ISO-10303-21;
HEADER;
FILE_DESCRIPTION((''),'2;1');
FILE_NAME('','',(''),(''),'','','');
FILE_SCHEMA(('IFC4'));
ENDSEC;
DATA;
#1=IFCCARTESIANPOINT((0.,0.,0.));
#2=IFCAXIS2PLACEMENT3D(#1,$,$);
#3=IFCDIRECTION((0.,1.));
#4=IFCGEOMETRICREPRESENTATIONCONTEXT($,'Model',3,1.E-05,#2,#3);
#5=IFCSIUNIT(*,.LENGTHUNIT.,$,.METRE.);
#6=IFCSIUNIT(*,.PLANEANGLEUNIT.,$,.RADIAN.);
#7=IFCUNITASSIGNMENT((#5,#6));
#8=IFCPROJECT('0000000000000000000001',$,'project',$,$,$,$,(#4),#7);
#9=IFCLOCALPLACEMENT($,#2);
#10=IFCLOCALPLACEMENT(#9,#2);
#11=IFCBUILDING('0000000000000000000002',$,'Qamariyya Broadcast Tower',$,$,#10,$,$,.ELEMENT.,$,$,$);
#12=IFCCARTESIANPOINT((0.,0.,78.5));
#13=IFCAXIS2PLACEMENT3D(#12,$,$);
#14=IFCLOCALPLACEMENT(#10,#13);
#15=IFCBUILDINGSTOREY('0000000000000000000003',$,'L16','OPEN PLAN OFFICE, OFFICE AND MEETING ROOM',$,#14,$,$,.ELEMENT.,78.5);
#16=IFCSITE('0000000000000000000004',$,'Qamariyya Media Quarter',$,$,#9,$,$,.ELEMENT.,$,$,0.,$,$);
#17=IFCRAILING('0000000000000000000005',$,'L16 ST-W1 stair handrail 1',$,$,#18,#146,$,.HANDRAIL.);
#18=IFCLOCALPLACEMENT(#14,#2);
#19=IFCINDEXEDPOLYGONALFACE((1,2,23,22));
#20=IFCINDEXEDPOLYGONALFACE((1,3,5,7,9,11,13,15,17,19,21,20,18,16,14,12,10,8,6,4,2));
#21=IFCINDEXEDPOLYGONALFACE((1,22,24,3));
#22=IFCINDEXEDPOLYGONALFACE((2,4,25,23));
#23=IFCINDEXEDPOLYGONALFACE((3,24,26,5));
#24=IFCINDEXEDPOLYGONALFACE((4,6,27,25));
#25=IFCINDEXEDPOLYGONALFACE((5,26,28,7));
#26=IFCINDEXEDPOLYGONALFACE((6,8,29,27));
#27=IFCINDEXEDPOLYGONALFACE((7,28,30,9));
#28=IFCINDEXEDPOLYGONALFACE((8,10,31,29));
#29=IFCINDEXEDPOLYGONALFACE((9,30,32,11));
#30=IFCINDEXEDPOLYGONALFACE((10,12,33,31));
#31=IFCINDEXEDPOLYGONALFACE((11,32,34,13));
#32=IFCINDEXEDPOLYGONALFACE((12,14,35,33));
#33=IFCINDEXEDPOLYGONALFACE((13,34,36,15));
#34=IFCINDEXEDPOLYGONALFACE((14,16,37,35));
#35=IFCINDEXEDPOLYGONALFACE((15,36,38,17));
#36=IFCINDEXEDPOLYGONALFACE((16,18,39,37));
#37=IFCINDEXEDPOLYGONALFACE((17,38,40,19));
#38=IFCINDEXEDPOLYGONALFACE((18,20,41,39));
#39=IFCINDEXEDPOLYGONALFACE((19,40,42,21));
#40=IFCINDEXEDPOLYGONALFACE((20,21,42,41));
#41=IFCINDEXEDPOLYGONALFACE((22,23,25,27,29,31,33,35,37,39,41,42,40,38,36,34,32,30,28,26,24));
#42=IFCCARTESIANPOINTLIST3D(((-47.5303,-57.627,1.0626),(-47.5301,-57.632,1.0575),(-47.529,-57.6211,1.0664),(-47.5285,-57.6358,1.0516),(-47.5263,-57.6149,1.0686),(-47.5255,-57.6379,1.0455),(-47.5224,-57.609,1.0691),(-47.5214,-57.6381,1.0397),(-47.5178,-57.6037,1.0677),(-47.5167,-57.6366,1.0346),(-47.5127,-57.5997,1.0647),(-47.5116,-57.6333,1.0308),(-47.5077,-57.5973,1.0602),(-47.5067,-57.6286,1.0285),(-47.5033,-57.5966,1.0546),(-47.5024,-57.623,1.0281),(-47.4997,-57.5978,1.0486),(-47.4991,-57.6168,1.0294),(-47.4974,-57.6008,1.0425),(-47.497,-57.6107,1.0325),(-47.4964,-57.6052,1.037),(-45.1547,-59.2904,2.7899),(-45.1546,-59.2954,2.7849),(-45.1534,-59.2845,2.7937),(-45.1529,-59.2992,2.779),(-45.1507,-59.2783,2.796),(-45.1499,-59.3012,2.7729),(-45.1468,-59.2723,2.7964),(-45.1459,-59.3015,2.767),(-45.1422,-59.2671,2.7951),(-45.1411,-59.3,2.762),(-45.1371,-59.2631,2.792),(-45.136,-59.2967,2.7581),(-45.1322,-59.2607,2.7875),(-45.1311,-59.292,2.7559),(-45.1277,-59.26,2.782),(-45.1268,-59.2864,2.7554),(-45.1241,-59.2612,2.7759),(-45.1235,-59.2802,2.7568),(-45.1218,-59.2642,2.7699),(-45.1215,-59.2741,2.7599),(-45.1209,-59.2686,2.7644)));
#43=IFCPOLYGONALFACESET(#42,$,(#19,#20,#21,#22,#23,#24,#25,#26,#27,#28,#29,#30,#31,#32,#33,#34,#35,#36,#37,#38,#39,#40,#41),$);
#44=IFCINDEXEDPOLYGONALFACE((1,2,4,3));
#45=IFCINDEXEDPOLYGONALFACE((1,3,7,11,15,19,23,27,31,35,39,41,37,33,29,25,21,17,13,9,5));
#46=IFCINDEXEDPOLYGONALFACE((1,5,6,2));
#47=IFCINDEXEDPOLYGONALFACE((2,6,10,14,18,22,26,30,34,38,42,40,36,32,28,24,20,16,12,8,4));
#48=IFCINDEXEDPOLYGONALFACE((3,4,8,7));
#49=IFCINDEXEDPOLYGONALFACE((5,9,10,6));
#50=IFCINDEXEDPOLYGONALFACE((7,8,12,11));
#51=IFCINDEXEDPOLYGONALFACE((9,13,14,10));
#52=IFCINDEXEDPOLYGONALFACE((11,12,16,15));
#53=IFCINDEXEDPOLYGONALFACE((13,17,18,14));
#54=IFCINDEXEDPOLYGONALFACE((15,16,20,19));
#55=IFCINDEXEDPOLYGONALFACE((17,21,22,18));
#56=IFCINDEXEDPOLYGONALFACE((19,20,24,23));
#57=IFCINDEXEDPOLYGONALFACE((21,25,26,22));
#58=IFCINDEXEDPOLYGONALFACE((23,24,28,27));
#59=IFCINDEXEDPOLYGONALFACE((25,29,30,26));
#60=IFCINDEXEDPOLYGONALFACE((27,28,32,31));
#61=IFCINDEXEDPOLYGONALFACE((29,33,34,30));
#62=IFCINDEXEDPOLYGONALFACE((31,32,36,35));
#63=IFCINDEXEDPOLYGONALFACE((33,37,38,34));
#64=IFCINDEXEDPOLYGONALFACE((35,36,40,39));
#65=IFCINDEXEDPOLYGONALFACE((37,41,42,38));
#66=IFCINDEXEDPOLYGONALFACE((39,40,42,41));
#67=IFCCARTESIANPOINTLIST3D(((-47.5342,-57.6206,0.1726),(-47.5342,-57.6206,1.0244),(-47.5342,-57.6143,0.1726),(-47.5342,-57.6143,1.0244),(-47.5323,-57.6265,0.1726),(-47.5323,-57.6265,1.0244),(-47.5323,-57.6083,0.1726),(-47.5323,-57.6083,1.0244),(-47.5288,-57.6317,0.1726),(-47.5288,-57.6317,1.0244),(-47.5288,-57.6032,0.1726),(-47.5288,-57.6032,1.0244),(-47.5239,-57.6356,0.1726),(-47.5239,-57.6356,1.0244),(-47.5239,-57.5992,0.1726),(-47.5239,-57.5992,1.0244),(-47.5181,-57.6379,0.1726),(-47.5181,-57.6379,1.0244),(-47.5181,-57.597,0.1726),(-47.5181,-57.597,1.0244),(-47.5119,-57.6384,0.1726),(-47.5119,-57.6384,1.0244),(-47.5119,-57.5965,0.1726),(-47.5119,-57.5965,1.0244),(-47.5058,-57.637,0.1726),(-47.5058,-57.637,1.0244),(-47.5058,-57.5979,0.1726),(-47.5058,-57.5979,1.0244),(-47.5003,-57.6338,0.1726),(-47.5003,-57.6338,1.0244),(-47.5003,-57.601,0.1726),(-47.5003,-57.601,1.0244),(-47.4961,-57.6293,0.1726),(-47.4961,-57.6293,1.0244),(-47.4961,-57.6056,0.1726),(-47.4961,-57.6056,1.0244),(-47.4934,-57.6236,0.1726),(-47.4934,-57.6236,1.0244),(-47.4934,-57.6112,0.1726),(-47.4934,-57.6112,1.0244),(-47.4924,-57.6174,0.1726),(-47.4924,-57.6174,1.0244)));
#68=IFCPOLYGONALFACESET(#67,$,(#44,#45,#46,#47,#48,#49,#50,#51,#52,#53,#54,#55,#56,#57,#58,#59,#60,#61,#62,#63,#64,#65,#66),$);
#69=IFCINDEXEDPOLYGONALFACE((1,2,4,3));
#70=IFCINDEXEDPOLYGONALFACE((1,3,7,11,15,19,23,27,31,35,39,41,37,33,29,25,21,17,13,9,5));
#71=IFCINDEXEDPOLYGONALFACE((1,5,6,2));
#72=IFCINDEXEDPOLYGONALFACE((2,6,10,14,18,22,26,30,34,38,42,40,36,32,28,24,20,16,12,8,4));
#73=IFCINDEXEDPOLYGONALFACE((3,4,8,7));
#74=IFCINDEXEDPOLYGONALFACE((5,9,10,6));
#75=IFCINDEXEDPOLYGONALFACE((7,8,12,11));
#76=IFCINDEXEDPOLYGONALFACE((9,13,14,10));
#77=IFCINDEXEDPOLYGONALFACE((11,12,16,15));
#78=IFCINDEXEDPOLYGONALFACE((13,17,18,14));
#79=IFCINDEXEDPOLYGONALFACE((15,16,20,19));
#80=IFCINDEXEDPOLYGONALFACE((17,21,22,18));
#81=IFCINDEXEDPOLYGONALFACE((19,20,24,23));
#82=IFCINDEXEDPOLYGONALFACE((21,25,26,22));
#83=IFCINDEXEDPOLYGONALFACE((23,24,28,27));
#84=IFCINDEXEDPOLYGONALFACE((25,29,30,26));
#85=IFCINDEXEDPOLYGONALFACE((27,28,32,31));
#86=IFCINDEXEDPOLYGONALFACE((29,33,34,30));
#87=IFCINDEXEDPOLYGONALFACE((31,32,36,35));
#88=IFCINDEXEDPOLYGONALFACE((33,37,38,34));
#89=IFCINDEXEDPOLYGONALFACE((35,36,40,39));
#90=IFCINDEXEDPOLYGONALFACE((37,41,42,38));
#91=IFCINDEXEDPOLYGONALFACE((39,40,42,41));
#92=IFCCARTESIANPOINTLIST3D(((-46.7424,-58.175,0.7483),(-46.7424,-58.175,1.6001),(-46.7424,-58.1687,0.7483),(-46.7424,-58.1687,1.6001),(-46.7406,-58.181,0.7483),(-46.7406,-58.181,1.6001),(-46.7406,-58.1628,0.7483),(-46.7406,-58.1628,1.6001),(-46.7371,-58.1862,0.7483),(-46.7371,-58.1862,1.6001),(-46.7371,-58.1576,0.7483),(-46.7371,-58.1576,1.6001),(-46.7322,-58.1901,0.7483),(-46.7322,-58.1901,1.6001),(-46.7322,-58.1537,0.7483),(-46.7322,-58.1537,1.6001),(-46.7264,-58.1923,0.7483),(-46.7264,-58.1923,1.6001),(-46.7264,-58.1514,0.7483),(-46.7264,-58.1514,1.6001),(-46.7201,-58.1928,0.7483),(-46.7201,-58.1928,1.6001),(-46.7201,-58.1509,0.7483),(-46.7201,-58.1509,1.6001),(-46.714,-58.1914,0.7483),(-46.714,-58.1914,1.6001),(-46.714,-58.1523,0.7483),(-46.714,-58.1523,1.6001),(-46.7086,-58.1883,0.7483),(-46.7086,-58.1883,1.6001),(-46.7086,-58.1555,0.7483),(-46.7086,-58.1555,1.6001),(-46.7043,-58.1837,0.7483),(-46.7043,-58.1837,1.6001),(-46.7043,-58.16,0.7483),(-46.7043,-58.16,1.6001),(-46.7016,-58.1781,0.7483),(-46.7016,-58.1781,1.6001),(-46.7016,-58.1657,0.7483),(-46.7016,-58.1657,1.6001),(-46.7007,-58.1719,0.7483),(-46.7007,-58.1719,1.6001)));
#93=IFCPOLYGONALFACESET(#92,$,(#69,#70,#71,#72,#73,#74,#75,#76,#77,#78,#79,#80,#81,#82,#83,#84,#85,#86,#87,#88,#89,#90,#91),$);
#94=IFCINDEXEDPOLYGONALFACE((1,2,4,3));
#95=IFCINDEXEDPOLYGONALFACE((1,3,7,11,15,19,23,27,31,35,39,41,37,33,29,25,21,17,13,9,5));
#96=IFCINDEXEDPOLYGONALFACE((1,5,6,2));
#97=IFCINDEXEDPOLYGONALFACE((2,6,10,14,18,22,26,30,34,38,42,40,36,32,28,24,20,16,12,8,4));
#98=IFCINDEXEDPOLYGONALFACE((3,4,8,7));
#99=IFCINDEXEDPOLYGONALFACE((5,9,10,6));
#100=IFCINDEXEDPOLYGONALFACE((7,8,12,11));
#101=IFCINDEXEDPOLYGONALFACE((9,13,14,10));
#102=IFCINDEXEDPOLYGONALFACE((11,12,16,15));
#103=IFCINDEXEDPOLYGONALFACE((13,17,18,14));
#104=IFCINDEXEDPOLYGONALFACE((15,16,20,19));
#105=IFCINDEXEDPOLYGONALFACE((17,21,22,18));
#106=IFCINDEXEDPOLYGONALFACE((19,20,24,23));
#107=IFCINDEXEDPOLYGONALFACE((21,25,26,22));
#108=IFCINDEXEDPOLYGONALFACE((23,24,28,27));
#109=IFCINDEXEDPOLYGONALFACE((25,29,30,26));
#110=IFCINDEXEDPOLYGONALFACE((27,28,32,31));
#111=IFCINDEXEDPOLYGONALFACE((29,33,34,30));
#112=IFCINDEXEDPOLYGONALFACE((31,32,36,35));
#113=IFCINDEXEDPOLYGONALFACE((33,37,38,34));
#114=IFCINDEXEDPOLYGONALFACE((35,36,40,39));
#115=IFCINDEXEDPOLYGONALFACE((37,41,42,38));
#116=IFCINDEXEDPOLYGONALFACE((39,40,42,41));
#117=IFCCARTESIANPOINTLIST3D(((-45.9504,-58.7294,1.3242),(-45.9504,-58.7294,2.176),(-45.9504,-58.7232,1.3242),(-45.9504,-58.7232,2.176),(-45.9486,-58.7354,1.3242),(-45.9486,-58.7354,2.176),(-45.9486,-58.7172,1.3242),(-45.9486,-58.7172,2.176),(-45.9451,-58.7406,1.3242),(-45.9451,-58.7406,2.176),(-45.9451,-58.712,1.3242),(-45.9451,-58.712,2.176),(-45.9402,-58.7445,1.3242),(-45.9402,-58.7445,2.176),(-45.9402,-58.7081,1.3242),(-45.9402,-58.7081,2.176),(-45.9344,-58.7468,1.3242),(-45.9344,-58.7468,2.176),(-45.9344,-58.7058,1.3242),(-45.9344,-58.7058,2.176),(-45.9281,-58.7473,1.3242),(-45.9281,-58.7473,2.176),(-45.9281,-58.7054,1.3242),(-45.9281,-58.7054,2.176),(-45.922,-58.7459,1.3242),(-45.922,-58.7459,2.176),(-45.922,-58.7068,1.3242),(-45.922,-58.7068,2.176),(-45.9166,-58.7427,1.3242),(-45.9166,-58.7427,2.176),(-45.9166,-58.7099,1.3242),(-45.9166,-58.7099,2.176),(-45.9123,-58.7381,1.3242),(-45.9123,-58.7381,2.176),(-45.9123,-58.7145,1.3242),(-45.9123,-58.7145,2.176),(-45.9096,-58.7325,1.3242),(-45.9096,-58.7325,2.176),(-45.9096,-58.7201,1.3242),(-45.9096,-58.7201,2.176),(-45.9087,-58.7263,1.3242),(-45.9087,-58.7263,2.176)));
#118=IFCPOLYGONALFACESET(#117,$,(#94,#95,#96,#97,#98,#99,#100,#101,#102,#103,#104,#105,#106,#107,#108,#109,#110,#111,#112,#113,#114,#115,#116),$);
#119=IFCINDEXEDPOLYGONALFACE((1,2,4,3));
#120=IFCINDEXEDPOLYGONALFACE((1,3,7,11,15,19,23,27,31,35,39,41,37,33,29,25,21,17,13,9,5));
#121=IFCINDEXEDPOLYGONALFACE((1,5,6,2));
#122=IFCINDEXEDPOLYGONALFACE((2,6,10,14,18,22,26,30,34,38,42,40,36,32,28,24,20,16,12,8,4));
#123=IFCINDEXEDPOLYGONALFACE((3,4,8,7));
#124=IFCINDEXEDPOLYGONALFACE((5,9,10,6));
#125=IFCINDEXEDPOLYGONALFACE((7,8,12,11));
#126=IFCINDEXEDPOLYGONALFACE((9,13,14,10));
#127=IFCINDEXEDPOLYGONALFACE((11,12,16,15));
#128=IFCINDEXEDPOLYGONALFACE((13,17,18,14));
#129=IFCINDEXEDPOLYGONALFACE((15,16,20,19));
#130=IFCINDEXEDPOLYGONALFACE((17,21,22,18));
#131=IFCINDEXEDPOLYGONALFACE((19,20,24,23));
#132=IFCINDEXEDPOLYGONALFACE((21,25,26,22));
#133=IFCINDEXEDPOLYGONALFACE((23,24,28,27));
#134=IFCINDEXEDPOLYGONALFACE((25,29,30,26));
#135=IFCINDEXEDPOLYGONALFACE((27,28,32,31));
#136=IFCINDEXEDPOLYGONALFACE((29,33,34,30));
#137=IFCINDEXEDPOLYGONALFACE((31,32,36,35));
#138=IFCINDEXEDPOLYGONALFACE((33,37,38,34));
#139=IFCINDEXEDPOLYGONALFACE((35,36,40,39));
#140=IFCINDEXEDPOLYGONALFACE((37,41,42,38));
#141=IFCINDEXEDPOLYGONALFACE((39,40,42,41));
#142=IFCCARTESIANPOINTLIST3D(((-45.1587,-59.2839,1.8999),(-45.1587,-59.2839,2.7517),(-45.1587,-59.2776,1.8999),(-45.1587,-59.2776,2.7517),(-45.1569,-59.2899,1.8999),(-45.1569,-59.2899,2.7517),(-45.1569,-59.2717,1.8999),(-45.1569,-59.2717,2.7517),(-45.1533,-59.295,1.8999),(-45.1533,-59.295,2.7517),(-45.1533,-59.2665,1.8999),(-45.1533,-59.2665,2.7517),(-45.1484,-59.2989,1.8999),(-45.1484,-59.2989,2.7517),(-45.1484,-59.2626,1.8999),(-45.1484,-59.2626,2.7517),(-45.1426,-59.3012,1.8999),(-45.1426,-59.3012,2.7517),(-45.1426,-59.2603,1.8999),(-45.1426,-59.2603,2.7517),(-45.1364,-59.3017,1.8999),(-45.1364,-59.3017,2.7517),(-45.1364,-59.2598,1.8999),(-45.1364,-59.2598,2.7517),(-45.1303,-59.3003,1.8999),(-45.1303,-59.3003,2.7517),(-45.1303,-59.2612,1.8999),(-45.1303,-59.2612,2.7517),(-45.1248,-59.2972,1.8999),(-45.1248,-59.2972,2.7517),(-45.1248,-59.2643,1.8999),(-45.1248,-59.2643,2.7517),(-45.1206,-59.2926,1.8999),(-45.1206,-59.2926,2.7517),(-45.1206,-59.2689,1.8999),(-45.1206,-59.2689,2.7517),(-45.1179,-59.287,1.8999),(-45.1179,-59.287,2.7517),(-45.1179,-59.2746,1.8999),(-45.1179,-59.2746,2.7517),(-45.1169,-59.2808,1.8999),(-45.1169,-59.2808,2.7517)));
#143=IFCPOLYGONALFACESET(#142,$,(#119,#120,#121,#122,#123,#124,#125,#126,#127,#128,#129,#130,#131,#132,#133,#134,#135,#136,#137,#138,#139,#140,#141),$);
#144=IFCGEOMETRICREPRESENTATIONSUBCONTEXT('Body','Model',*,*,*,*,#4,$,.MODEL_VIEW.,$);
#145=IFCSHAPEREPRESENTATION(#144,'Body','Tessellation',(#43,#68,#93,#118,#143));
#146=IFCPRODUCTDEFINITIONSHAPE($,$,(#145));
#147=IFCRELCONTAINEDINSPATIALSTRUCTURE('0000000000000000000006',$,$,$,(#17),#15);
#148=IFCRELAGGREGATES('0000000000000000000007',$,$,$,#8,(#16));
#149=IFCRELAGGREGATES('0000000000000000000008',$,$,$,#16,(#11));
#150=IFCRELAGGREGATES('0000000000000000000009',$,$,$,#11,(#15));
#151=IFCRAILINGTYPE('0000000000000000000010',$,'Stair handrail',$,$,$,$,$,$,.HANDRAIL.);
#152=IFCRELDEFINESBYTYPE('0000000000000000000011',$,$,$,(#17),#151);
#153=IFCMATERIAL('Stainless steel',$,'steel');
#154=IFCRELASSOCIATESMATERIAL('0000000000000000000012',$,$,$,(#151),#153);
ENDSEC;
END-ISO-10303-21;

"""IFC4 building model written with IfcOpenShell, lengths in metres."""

from ifc_helpers import new_model, si_unit, direction, frame, origin, origin_2d, place, context, subcontext, project, spatial, circle, extrude, material, type_object, element, save


model = new_model("IFC4")

# Units and contexts
model_context = context("Model", 3, precision=1e-05, world=origin(), true_north=direction((0.0, 1.0)))
body_context = subcontext(model_context, "Body", "Model", "MODEL_VIEW")
ifc_project = project(units=[si_unit("LENGTHUNIT", "METRE"), si_unit("PLANEANGLEUNIT", "RADIAN")], contexts=[model_context])

# Site, building, storey
site_placement = place(None, origin())
site = spatial("IfcSite", under=ifc_project, at=site_placement, Name="Qamariyya Media Quarter", CompositionType="ELEMENT", RefElevation=0.0)
building_placement = place(site_placement, origin())
building = spatial("IfcBuilding", under=site, at=building_placement, Name="Qamariyya Broadcast Tower", CompositionType="ELEMENT")
storey_placement = place(building_placement, frame((0.0, 0.0, 78.5)))
storey = spatial("IfcBuildingStorey", under=building, at=storey_placement, Name="L16", Description="OPEN PLAN OFFICE, OFFICE AND MEETING ROOM", CompositionType="ELEMENT", Elevation=78.5)

# Railing
ifc_material_1 = material(Name="Stainless steel", Category="steel")
railing_type_1 = type_object("IfcRailingType", Name="Stair handrail", PredefinedType="HANDRAIL", material=ifc_material_1)
railing_1_placement = place(storey_placement, frame((-47.5134, -57.6174, 0.1726)))
element("IfcRailing", 1, at=railing_1_placement, inside=storey, type_object=railing_type_1, Name="L16 ST-W1 stair handrail 1", PredefinedType="HANDRAIL", context=body_context, shape_type="SweptSolid", body=[
    extrude(circle(Radius=0.0239, at=origin_2d()), frame((0.0, 0.0, 0.876), z_axis=(0.70377, -0.492784, 0.511734), x_axis=(0.573575, 0.819153, 0.0)), (0.0, 0.0, 1.0), 3.3755),
    extrude(circle(Radius=0.021, at=origin_2d()), origin(), (0.0, 0.0, 1.0), 0.8518),
    extrude(circle(Radius=0.021, at=origin_2d()), frame((0.7917, -0.5544, 0.5757)), (0.0, 0.0, 1.0), 0.8518),
    extrude(circle(Radius=0.021, at=origin_2d()), frame((1.5837, -1.1089, 1.1516)), (0.0, 0.0, 1.0), 0.8518),
    extrude(circle(Radius=0.021, at=origin_2d()), frame((2.3755, -1.6633, 1.7273)), (0.0, 0.0, 1.0), 0.8518),
])

save(model, "model.ifc")
